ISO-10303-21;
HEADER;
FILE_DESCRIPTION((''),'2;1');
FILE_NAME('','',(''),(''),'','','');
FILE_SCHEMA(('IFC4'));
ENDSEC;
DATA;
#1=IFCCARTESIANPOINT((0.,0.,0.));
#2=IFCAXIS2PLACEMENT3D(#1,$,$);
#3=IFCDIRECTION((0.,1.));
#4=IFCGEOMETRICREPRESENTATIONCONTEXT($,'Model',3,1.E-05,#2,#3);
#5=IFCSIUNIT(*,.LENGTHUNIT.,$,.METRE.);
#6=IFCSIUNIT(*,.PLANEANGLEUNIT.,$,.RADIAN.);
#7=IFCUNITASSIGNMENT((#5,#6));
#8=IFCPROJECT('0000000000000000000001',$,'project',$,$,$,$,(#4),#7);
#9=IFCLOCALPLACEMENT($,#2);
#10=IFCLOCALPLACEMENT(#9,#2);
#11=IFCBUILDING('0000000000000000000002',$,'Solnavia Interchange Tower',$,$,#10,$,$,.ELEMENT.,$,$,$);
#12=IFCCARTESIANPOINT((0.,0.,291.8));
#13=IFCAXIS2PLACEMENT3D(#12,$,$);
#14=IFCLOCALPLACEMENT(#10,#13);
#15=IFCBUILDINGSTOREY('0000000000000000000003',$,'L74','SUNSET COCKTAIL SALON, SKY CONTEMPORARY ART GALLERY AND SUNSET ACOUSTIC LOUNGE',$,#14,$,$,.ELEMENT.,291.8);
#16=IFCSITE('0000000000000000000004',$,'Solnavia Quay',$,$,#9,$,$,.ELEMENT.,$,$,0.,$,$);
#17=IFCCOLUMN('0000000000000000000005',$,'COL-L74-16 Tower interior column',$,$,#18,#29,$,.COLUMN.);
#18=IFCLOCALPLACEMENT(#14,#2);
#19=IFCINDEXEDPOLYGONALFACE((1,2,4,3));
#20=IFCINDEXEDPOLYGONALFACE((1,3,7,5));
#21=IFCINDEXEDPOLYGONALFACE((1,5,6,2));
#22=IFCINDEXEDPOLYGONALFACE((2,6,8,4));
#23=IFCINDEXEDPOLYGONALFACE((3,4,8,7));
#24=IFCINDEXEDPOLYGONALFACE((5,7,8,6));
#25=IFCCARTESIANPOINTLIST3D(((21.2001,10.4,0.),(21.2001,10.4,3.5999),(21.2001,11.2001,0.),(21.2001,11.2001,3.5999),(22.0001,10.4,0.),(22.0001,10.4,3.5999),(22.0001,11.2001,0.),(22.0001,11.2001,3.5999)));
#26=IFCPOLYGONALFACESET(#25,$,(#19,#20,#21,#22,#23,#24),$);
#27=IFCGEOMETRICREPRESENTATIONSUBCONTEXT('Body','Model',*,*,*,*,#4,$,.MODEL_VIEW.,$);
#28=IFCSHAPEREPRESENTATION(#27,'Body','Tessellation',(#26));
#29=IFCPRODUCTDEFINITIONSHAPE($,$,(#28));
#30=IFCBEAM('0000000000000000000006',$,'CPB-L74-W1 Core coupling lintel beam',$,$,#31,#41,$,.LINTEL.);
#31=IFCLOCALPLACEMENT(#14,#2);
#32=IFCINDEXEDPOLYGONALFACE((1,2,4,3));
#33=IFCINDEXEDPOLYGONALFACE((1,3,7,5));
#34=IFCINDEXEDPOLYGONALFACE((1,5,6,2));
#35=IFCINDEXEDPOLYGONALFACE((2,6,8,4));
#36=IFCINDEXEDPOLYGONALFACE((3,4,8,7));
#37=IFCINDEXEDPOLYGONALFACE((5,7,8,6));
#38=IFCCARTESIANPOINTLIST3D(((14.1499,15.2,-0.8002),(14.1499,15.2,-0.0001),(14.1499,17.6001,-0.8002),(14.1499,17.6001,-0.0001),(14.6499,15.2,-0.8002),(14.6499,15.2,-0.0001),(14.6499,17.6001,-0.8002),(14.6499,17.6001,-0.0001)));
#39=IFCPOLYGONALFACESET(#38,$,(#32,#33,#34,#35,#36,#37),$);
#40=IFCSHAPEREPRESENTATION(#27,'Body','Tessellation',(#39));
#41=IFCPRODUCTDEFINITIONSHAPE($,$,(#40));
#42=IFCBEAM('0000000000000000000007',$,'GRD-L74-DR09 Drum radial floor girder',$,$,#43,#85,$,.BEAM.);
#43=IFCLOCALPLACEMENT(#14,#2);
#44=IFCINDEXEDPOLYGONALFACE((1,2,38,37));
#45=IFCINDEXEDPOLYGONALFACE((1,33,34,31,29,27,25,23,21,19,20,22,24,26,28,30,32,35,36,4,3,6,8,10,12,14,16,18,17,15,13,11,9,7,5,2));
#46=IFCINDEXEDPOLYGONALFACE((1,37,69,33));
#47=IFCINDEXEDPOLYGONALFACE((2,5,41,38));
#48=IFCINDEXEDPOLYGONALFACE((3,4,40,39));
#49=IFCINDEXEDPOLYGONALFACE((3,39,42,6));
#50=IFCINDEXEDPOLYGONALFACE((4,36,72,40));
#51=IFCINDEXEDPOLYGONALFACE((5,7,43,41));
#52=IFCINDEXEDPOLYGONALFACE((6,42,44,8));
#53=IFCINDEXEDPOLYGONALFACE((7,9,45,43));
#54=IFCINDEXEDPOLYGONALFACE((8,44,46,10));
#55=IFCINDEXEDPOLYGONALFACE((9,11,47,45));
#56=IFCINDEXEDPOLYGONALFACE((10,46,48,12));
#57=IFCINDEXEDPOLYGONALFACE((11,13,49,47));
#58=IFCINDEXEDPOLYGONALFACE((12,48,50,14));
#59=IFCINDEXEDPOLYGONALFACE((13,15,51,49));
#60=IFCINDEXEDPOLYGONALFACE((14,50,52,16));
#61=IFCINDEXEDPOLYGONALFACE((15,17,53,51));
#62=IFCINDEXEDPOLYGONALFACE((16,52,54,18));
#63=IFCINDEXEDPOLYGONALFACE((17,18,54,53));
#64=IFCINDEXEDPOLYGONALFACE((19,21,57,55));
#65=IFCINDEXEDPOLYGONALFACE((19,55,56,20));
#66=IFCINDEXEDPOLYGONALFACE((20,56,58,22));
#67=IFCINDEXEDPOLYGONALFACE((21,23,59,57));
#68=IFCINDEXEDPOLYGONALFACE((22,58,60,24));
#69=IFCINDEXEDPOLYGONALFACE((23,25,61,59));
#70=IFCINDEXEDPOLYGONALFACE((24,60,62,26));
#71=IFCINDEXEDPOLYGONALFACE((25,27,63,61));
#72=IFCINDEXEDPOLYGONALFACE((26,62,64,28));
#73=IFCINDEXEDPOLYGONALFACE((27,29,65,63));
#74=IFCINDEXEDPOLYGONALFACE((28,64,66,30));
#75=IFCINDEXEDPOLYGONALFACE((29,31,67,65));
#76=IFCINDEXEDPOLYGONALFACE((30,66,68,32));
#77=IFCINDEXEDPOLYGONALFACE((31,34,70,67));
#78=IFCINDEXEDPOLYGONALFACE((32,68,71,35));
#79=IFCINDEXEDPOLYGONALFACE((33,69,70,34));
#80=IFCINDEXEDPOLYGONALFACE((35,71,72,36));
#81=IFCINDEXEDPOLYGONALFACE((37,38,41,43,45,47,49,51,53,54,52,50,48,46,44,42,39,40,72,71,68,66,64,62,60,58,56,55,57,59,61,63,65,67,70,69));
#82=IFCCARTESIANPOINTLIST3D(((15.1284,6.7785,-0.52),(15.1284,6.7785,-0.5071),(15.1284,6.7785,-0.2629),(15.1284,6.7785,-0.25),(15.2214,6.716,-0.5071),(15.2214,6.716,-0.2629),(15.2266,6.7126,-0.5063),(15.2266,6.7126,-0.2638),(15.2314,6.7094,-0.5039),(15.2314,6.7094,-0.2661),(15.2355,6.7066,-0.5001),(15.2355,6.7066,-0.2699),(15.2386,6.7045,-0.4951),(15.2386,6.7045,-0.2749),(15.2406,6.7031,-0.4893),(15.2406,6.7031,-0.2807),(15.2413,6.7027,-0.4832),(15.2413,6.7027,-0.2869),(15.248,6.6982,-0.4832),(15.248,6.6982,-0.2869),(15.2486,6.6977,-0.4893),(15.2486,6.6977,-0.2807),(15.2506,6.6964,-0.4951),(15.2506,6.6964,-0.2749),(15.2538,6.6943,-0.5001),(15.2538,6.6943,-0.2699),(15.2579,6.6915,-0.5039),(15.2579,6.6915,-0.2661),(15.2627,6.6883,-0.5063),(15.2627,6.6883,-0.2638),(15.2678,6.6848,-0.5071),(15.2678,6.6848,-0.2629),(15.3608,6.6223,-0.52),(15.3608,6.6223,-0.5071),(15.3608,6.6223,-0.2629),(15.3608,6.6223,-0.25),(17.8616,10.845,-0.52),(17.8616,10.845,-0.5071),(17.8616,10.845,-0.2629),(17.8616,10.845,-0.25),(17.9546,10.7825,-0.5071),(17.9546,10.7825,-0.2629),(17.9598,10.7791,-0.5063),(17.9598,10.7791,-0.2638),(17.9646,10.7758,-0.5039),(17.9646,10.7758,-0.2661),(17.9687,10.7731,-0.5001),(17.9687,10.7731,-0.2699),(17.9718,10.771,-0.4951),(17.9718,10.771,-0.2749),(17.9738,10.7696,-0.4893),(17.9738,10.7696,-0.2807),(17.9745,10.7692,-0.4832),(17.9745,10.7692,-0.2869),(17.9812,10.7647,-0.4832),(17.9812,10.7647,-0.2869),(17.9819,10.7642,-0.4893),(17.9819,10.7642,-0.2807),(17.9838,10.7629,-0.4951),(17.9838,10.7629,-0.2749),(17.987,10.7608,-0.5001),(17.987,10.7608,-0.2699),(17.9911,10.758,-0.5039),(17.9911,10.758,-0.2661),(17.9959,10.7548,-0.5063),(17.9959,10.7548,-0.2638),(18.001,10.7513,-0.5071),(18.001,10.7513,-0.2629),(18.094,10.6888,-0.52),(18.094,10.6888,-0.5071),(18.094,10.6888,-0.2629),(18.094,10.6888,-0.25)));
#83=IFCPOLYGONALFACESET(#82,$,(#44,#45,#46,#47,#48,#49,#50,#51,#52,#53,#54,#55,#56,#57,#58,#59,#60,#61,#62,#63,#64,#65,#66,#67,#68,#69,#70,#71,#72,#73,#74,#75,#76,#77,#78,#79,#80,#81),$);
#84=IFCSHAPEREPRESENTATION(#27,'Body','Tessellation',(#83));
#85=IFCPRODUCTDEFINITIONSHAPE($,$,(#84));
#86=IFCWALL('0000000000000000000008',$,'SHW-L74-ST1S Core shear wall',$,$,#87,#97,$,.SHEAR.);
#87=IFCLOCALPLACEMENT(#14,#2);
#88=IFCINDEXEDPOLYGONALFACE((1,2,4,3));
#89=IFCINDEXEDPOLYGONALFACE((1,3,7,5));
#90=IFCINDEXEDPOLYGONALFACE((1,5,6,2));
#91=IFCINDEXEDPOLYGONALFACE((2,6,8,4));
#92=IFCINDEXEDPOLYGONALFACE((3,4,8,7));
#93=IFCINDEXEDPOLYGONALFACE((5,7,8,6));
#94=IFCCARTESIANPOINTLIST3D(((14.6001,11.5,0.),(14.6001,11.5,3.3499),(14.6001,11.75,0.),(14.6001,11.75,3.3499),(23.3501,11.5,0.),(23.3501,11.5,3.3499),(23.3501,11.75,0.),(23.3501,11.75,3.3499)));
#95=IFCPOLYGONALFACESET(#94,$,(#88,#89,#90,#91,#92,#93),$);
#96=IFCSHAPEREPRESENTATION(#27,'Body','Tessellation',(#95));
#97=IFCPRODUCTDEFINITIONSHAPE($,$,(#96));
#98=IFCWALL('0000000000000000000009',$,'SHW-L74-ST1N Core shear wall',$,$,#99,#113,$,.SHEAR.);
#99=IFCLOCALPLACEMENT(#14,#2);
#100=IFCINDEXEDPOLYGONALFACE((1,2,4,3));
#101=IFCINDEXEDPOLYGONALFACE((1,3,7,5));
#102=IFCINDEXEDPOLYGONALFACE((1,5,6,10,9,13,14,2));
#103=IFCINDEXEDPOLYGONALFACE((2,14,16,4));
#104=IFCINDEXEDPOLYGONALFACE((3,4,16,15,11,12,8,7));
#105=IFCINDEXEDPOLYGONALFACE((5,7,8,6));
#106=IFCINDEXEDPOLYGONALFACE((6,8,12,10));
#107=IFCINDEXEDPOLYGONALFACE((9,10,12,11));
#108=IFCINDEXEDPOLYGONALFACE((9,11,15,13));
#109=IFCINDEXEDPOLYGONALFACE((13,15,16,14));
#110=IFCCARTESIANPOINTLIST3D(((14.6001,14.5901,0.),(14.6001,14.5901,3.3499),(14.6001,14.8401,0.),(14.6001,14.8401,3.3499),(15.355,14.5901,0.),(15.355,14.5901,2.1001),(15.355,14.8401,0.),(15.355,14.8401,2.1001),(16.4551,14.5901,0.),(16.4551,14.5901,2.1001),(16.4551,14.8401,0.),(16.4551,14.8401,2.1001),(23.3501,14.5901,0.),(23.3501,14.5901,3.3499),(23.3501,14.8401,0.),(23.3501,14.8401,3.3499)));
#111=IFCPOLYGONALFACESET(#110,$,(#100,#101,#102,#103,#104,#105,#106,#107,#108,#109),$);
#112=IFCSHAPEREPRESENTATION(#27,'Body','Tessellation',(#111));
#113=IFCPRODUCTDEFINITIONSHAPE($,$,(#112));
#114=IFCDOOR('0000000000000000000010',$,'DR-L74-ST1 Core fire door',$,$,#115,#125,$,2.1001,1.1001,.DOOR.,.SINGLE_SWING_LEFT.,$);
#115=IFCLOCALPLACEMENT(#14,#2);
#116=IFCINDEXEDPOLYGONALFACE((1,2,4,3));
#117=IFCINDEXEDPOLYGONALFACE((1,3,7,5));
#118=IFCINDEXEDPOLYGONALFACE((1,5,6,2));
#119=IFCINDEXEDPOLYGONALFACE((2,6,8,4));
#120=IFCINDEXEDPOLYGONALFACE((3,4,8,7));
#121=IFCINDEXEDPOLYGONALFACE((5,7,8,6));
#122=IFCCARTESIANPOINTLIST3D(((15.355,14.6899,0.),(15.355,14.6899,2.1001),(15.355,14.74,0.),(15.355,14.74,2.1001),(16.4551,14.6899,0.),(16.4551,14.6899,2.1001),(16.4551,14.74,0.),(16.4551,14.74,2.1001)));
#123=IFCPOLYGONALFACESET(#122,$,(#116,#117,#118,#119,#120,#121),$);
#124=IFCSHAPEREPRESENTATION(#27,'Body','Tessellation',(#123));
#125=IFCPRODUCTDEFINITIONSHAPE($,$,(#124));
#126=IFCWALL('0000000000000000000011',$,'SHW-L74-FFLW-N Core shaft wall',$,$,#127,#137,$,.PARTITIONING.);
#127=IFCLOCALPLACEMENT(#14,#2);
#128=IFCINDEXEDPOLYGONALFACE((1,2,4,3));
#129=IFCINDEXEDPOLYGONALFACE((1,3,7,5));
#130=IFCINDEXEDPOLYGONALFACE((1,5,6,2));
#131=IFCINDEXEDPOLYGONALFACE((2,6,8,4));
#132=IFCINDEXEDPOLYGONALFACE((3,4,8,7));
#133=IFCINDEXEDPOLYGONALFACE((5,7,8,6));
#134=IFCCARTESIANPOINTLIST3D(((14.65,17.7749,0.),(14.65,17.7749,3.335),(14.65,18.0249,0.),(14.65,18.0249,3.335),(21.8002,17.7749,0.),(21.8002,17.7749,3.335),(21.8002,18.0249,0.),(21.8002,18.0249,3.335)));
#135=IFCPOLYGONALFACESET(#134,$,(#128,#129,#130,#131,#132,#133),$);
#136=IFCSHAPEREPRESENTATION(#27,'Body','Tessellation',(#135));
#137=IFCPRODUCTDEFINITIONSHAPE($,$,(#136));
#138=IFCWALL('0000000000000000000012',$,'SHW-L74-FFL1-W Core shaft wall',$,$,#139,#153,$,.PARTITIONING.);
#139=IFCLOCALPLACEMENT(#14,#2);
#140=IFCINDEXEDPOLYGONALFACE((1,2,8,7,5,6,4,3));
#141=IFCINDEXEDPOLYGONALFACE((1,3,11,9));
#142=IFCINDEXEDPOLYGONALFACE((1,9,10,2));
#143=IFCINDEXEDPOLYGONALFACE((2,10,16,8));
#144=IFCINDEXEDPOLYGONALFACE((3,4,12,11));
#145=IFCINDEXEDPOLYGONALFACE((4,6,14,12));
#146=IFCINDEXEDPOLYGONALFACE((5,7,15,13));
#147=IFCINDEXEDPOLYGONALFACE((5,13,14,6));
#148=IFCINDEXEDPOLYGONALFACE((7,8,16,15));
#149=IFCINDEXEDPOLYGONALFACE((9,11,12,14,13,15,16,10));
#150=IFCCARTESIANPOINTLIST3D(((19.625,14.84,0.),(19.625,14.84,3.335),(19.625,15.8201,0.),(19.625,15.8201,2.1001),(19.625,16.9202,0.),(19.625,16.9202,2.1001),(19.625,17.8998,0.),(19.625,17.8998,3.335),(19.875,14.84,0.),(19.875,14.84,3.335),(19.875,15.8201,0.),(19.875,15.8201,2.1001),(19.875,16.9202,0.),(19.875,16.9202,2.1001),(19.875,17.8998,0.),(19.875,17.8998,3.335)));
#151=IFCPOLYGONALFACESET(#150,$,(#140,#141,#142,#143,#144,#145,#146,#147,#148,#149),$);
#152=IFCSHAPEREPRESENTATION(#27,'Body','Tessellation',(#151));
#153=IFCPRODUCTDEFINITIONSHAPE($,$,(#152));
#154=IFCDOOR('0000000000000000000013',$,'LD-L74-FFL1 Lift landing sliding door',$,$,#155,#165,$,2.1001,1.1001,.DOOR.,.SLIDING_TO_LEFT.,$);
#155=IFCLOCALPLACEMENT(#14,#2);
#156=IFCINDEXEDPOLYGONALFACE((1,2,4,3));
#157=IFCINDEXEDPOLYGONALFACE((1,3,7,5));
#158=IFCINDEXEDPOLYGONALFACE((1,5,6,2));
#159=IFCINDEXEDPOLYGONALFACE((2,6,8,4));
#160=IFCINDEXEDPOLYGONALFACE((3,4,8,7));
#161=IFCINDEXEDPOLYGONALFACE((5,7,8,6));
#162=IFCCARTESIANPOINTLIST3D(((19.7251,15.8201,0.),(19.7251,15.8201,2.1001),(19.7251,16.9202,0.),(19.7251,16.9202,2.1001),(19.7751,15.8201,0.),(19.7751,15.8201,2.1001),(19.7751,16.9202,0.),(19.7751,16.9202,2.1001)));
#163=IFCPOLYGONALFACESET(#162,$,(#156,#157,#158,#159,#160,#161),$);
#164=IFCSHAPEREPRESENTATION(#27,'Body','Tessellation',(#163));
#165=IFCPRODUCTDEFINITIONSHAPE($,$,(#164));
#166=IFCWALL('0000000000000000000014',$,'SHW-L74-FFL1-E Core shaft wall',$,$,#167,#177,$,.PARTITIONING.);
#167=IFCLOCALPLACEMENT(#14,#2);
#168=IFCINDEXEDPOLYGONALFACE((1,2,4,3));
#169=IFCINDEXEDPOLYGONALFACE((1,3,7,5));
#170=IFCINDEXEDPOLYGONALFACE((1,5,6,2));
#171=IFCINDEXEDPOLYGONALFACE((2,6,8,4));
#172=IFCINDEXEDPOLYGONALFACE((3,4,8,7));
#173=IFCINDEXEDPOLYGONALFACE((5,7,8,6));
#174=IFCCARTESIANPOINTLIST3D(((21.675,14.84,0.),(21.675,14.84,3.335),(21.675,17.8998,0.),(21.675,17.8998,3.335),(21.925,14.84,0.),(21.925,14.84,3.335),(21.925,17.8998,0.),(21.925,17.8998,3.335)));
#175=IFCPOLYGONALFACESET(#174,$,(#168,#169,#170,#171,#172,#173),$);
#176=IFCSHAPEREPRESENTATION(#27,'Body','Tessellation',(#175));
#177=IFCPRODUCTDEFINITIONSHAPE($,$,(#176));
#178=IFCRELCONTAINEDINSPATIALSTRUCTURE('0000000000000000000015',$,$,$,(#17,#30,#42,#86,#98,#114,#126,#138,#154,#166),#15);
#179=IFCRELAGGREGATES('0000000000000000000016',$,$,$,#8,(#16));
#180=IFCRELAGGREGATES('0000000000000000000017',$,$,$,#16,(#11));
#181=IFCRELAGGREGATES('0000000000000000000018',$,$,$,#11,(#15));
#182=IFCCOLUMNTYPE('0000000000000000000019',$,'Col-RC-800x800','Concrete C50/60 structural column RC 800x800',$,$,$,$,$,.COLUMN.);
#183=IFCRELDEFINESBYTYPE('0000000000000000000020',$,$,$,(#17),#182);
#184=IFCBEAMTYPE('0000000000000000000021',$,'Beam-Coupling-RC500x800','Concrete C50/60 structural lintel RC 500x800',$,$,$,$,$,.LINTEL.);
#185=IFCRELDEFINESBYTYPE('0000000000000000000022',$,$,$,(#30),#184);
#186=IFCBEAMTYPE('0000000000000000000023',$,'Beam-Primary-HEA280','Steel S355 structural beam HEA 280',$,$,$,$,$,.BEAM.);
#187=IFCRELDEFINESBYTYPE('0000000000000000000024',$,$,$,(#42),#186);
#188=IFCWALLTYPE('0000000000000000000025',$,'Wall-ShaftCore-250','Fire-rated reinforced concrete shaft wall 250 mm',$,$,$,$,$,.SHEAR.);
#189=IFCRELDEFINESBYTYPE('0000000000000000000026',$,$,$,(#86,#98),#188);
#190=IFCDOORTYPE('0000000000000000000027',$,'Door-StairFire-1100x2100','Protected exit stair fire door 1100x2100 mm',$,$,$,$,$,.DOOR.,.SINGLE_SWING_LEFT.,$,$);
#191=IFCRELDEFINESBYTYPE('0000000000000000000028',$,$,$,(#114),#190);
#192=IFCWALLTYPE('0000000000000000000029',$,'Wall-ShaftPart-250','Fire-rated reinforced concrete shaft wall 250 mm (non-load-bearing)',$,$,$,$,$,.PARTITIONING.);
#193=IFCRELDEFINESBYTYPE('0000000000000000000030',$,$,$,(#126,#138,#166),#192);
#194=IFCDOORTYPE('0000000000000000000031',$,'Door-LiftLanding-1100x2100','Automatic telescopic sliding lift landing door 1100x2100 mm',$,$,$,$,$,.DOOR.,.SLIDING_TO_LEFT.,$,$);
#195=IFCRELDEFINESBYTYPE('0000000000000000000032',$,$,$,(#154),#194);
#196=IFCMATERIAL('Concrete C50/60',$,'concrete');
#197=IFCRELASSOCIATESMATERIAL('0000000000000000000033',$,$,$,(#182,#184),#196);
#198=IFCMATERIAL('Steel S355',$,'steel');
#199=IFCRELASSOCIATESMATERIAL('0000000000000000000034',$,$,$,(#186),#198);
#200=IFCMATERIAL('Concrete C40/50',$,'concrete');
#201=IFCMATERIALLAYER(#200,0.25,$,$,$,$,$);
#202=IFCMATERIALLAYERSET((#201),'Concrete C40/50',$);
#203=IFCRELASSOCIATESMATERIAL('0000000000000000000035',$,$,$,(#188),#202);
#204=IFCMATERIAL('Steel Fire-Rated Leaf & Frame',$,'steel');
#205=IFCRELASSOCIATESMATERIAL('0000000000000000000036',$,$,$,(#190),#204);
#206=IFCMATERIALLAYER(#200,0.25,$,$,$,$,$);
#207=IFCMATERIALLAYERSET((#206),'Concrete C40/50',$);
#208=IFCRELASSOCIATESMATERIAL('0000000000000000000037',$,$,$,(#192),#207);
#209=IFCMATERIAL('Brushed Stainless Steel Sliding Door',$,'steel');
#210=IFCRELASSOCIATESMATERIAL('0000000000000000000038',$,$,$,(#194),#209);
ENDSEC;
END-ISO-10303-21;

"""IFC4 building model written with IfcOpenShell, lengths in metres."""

from ifc_helpers import new_model, si_unit, direction, frame, frame_2d, origin, origin_2d, place, context, subcontext, project, spatial, rectangle, i_section, extrude, material, layer, layer_set, material_profile, profile_set, type_object, element, fill, save


model = new_model("IFC4")

# Units and contexts
model_context = context("Model", 3, precision=1e-05, world=origin(), true_north=direction((0.0, 1.0)))
body_context = subcontext(model_context, "Body", "Model", "MODEL_VIEW")
ifc_project = project(units=[si_unit("LENGTHUNIT", "METRE"), si_unit("PLANEANGLEUNIT", "RADIAN")], contexts=[model_context])

# Site, building, storey
site_placement = place(None, origin())
site = spatial("IfcSite", under=ifc_project, at=site_placement, Name="Solnavia Quay", CompositionType="ELEMENT", RefElevation=0.0)
building_placement = place(site_placement, origin())
building = spatial("IfcBuilding", under=site, at=building_placement, Name="Solnavia Interchange Tower", CompositionType="ELEMENT")
storey_placement = place(building_placement, frame((0.0, 0.0, 291.8)))
storey = spatial("IfcBuildingStorey", under=building, at=storey_placement, Name="L74", Description="SUNSET COCKTAIL SALON, SKY CONTEMPORARY ART GALLERY AND SUNSET ACOUSTIC LOUNGE", CompositionType="ELEMENT", Elevation=291.8)

# Column
ifc_material_1 = material(Name="Concrete C50/60", Category="concrete")
ifc_material_profile_1 = material_profile(ifc_material_1, rectangle(XDim=0.8, YDim=0.8, at=origin_2d()), Name="RC 800x800")
ifc_profile_set_1 = profile_set([ifc_material_profile_1], Name="Concrete C50/60")
column_type = type_object("IfcColumnType", Name="Col-RC-800x800", Description="Concrete C50/60 structural column RC 800x800", PredefinedType="COLUMN", material=ifc_profile_set_1)
column_placement = place(storey_placement, frame((21.6001, 10.8, 0.0), z_axis=(0.0, 0.0, 1.0), x_axis=(1.0, 0.0, 0.0)))
element("IfcColumn", 1, at=column_placement, inside=storey, type_object=column_type, Name="COL-L74-16 Tower interior column", PredefinedType="COLUMN", context=body_context, shape_type="SweptSolid", body=[
    extrude(rectangle(XDim=0.8, YDim=0.8, at=origin_2d()), origin(), (0.0, 0.0, 1.0), 3.5999),
])

# Beams
ifc_material_profile_2 = material_profile(ifc_material_1, rectangle(XDim=0.5, YDim=0.8, at=origin_2d()), Name="RC 500x800")
ifc_profile_set_2 = profile_set([ifc_material_profile_2], Name="Concrete C50/60")
beam_type_1 = type_object("IfcBeamType", Name="Beam-Coupling-RC500x800", Description="Concrete C50/60 structural lintel RC 500x800", PredefinedType="LINTEL", material=ifc_profile_set_2)
beam_1_placement = place(storey_placement, frame((14.3999, 15.2, -0.4001), z_axis=(0.0, 1.0, 0.0), x_axis=(-1.0, 0.0, 0.0)))
element("IfcBeam", 2, at=beam_1_placement, inside=storey, type_object=beam_type_1, Name="CPB-L74-W1 Core coupling lintel beam", PredefinedType="LINTEL", context=body_context, shape_type="SweptSolid", body=[
    extrude(rectangle(XDim=0.5, YDim=0.8, at=origin_2d()), origin(), (0.0, 0.0, 1.0), 2.4001),
])
ifc_material_2 = material(Name="Steel S355", Category="steel")
ifc_material_profile_3 = material_profile(ifc_material_2, i_section(OverallWidth=0.28, OverallDepth=0.27, WebThickness=0.0081, FlangeThickness=0.0129, FilletRadius=0.0239, at=origin_2d()), Name="HEA 280")
ifc_profile_set_3 = profile_set([ifc_material_profile_3], Name="Steel S355")
beam_type_2 = type_object("IfcBeamType", Name="Beam-Primary-HEA280", Description="Steel S355 structural beam HEA 280", PredefinedType="BEAM", material=ifc_profile_set_3)
beam_2_placement = place(storey_placement, frame((15.2446, 6.7004, -0.385), z_axis=(0.557835, 0.829952, 0.0), x_axis=(-0.829952, 0.557835, 0.0)))
element("IfcBeam", 3, at=beam_2_placement, inside=storey, type_object=beam_type_2, Name="GRD-L74-DR09 Drum radial floor girder", PredefinedType="BEAM", context=body_context, shape_type="SweptSolid", body=[
    extrude(i_section(OverallWidth=0.28, OverallDepth=0.27, WebThickness=0.0081, FlangeThickness=0.0129, FilletRadius=0.0239, at=origin_2d()), origin(), (0.0, 0.0, 1.0), 4.8997),
])

# Wall
ifc_material_3 = material(Name="Concrete C40/50", Category="concrete")
ifc_layer_1 = layer(ifc_material_3, 0.25)
ifc_layer_set_1 = layer_set([ifc_layer_1], Name="Concrete C40/50")
wall_type_1 = type_object("IfcWallType", Name="Wall-ShaftCore-250", Description="Fire-rated reinforced concrete shaft wall 250 mm", PredefinedType="SHEAR", material=ifc_layer_set_1)
wall_1_placement = place(storey_placement, frame((14.6001, 11.625, 0.0), z_axis=(0.0, 0.0, 1.0), x_axis=(1.0, 0.0, 0.0)))
element("IfcWall", 4, at=wall_1_placement, inside=storey, type_object=wall_type_1, Name="SHW-L74-ST1S Core shear wall", PredefinedType="SHEAR", context=body_context, shape_type="SweptSolid", body=[
    extrude(rectangle(XDim=8.75, YDim=0.25, at=frame_2d((4.375, 0.0))), origin(), (0.0, 0.0, 1.0), 3.3499),
])

# Wall, opening, door
wall_2_placement = place(storey_placement, frame((14.6001, 14.7151, 0.0), z_axis=(0.0, 0.0, 1.0), x_axis=(1.0, 0.0, 0.0)))
wall_2 = element("IfcWall", 5, at=wall_2_placement, inside=storey, type_object=wall_type_1, Name="SHW-L74-ST1N Core shear wall", PredefinedType="SHEAR", context=body_context, shape_type="SweptSolid", body=[
    extrude(rectangle(XDim=8.75, YDim=0.25, at=frame_2d((4.375, 0.0))), origin(), (0.0, 0.0, 1.0), 3.3499),
])
opening_1_placement = place(wall_2_placement, frame((0.7549, 0.0, 0.0)))
opening_1 = element("IfcOpeningElement", 6, at=opening_1_placement, cuts=wall_2, PredefinedType="OPENING", context=body_context, shape_type="SweptSolid", body=[
    extrude(rectangle(XDim=1.1001, YDim=2.1001, at=frame_2d((0.55, 1.05))), frame((0.0, 0.135, 0.0), z_axis=(0.0, -1.0, 0.0), x_axis=(1.0, 0.0, 0.0)), (0.0, 0.0, 1.0), 0.27),
])
ifc_material_4 = material(Name="Steel Fire-Rated Leaf & Frame", Category="steel")
door_type_1 = type_object("IfcDoorType", Name="Door-StairFire-1100x2100", Description="Protected exit stair fire door 1100x2100 mm", OperationType="SINGLE_SWING_LEFT", PredefinedType="DOOR", material=ifc_material_4)
door_1_placement = place(opening_1_placement, origin())
door_1 = element("IfcDoor", 7, at=door_1_placement, inside=storey, type_object=door_type_1, Name="DR-L74-ST1 Core fire door", OperationType="SINGLE_SWING_LEFT", OverallHeight=2.1001, OverallWidth=1.1001, PredefinedType="DOOR", context=body_context, shape_type="SweptSolid", body=[
    extrude(rectangle(XDim=1.1001, YDim=2.1001, at=frame_2d((0.55, 1.05))), frame((0.0, 0.0249, 0.0), z_axis=(0.0, -1.0, 0.0), x_axis=(1.0, 0.0, 0.0)), (0.0, 0.0, 1.0), 0.05),
])
fill(opening_1, door_1)

# Wall
ifc_layer_2 = layer(ifc_material_3, 0.25)
ifc_layer_set_2 = layer_set([ifc_layer_2], Name="Concrete C40/50")
wall_type_2 = type_object("IfcWallType", Name="Wall-ShaftPart-250", Description="Fire-rated reinforced concrete shaft wall 250 mm (non-load-bearing)", PredefinedType="PARTITIONING", material=ifc_layer_set_2)
wall_3_placement = place(storey_placement, frame((14.6499, 17.8999, 0.0), z_axis=(0.0, 0.0, 1.0), x_axis=(1.0, 0.0, 0.0)))
element("IfcWall", 8, at=wall_3_placement, inside=storey, type_object=wall_type_2, Name="SHW-L74-FFLW-N Core shaft wall", PredefinedType="PARTITIONING", context=body_context, shape_type="SweptSolid", body=[
    extrude(rectangle(XDim=7.1501, YDim=0.25, at=frame_2d((3.5752, 0.0))), origin(), (0.0, 0.0, 1.0), 3.335),
])

# Wall, opening, door
wall_4_placement = place(storey_placement, frame((19.75, 14.8401, 0.0), z_axis=(0.0, 0.0, 1.0), x_axis=(0.0, 1.0, 0.0)))
wall_4 = element("IfcWall", 9, at=wall_4_placement, inside=storey, type_object=wall_type_2, Name="SHW-L74-FFL1-W Core shaft wall", PredefinedType="PARTITIONING", context=body_context, shape_type="SweptSolid", body=[
    extrude(rectangle(XDim=3.0598, YDim=0.25, at=frame_2d((1.5298, 0.0))), origin(), (0.0, 0.0, 1.0), 3.335),
])
opening_2_placement = place(wall_4_placement, frame((0.98, 0.0, 0.0)))
opening_2 = element("IfcOpeningElement", 10, at=opening_2_placement, cuts=wall_4, PredefinedType="OPENING", context=body_context, shape_type="SweptSolid", body=[
    extrude(rectangle(XDim=1.1001, YDim=2.1001, at=frame_2d((0.55, 1.05))), frame((0.0, 0.135, 0.0), z_axis=(0.0, -1.0, 0.0), x_axis=(1.0, 0.0, 0.0)), (0.0, 0.0, 1.0), 0.27),
])
ifc_material_5 = material(Name="Brushed Stainless Steel Sliding Door", Category="steel")
door_type_2 = type_object("IfcDoorType", Name="Door-LiftLanding-1100x2100", Description="Automatic telescopic sliding lift landing door 1100x2100 mm", OperationType="SLIDING_TO_LEFT", PredefinedType="DOOR", material=ifc_material_5)
door_2_placement = place(opening_2_placement, origin())
door_2 = element("IfcDoor", 11, at=door_2_placement, inside=storey, type_object=door_type_2, Name="LD-L74-FFL1 Lift landing sliding door", OperationType="SLIDING_TO_LEFT", OverallHeight=2.1001, OverallWidth=1.1001, PredefinedType="DOOR", context=body_context, shape_type="SweptSolid", body=[
    extrude(rectangle(XDim=1.1001, YDim=2.1001, at=frame_2d((0.55, 1.05))), frame((0.0, 0.0249, 0.0), z_axis=(0.0, -1.0, 0.0), x_axis=(1.0, 0.0, 0.0)), (0.0, 0.0, 1.0), 0.05),
])
fill(opening_2, door_2)

# Wall
wall_5_placement = place(storey_placement, frame((21.8, 14.8401, 0.0), z_axis=(0.0, 0.0, 1.0), x_axis=(0.0, 1.0, 0.0)))
element("IfcWall", 12, at=wall_5_placement, inside=storey, type_object=wall_type_2, Name="SHW-L74-FFL1-E Core shaft wall", PredefinedType="PARTITIONING", context=body_context, shape_type="SweptSolid", body=[
    extrude(rectangle(XDim=3.0598, YDim=0.25, at=frame_2d((1.5298, 0.0))), origin(), (0.0, 0.0, 1.0), 3.335),
])

save(model, "model.ifc")
